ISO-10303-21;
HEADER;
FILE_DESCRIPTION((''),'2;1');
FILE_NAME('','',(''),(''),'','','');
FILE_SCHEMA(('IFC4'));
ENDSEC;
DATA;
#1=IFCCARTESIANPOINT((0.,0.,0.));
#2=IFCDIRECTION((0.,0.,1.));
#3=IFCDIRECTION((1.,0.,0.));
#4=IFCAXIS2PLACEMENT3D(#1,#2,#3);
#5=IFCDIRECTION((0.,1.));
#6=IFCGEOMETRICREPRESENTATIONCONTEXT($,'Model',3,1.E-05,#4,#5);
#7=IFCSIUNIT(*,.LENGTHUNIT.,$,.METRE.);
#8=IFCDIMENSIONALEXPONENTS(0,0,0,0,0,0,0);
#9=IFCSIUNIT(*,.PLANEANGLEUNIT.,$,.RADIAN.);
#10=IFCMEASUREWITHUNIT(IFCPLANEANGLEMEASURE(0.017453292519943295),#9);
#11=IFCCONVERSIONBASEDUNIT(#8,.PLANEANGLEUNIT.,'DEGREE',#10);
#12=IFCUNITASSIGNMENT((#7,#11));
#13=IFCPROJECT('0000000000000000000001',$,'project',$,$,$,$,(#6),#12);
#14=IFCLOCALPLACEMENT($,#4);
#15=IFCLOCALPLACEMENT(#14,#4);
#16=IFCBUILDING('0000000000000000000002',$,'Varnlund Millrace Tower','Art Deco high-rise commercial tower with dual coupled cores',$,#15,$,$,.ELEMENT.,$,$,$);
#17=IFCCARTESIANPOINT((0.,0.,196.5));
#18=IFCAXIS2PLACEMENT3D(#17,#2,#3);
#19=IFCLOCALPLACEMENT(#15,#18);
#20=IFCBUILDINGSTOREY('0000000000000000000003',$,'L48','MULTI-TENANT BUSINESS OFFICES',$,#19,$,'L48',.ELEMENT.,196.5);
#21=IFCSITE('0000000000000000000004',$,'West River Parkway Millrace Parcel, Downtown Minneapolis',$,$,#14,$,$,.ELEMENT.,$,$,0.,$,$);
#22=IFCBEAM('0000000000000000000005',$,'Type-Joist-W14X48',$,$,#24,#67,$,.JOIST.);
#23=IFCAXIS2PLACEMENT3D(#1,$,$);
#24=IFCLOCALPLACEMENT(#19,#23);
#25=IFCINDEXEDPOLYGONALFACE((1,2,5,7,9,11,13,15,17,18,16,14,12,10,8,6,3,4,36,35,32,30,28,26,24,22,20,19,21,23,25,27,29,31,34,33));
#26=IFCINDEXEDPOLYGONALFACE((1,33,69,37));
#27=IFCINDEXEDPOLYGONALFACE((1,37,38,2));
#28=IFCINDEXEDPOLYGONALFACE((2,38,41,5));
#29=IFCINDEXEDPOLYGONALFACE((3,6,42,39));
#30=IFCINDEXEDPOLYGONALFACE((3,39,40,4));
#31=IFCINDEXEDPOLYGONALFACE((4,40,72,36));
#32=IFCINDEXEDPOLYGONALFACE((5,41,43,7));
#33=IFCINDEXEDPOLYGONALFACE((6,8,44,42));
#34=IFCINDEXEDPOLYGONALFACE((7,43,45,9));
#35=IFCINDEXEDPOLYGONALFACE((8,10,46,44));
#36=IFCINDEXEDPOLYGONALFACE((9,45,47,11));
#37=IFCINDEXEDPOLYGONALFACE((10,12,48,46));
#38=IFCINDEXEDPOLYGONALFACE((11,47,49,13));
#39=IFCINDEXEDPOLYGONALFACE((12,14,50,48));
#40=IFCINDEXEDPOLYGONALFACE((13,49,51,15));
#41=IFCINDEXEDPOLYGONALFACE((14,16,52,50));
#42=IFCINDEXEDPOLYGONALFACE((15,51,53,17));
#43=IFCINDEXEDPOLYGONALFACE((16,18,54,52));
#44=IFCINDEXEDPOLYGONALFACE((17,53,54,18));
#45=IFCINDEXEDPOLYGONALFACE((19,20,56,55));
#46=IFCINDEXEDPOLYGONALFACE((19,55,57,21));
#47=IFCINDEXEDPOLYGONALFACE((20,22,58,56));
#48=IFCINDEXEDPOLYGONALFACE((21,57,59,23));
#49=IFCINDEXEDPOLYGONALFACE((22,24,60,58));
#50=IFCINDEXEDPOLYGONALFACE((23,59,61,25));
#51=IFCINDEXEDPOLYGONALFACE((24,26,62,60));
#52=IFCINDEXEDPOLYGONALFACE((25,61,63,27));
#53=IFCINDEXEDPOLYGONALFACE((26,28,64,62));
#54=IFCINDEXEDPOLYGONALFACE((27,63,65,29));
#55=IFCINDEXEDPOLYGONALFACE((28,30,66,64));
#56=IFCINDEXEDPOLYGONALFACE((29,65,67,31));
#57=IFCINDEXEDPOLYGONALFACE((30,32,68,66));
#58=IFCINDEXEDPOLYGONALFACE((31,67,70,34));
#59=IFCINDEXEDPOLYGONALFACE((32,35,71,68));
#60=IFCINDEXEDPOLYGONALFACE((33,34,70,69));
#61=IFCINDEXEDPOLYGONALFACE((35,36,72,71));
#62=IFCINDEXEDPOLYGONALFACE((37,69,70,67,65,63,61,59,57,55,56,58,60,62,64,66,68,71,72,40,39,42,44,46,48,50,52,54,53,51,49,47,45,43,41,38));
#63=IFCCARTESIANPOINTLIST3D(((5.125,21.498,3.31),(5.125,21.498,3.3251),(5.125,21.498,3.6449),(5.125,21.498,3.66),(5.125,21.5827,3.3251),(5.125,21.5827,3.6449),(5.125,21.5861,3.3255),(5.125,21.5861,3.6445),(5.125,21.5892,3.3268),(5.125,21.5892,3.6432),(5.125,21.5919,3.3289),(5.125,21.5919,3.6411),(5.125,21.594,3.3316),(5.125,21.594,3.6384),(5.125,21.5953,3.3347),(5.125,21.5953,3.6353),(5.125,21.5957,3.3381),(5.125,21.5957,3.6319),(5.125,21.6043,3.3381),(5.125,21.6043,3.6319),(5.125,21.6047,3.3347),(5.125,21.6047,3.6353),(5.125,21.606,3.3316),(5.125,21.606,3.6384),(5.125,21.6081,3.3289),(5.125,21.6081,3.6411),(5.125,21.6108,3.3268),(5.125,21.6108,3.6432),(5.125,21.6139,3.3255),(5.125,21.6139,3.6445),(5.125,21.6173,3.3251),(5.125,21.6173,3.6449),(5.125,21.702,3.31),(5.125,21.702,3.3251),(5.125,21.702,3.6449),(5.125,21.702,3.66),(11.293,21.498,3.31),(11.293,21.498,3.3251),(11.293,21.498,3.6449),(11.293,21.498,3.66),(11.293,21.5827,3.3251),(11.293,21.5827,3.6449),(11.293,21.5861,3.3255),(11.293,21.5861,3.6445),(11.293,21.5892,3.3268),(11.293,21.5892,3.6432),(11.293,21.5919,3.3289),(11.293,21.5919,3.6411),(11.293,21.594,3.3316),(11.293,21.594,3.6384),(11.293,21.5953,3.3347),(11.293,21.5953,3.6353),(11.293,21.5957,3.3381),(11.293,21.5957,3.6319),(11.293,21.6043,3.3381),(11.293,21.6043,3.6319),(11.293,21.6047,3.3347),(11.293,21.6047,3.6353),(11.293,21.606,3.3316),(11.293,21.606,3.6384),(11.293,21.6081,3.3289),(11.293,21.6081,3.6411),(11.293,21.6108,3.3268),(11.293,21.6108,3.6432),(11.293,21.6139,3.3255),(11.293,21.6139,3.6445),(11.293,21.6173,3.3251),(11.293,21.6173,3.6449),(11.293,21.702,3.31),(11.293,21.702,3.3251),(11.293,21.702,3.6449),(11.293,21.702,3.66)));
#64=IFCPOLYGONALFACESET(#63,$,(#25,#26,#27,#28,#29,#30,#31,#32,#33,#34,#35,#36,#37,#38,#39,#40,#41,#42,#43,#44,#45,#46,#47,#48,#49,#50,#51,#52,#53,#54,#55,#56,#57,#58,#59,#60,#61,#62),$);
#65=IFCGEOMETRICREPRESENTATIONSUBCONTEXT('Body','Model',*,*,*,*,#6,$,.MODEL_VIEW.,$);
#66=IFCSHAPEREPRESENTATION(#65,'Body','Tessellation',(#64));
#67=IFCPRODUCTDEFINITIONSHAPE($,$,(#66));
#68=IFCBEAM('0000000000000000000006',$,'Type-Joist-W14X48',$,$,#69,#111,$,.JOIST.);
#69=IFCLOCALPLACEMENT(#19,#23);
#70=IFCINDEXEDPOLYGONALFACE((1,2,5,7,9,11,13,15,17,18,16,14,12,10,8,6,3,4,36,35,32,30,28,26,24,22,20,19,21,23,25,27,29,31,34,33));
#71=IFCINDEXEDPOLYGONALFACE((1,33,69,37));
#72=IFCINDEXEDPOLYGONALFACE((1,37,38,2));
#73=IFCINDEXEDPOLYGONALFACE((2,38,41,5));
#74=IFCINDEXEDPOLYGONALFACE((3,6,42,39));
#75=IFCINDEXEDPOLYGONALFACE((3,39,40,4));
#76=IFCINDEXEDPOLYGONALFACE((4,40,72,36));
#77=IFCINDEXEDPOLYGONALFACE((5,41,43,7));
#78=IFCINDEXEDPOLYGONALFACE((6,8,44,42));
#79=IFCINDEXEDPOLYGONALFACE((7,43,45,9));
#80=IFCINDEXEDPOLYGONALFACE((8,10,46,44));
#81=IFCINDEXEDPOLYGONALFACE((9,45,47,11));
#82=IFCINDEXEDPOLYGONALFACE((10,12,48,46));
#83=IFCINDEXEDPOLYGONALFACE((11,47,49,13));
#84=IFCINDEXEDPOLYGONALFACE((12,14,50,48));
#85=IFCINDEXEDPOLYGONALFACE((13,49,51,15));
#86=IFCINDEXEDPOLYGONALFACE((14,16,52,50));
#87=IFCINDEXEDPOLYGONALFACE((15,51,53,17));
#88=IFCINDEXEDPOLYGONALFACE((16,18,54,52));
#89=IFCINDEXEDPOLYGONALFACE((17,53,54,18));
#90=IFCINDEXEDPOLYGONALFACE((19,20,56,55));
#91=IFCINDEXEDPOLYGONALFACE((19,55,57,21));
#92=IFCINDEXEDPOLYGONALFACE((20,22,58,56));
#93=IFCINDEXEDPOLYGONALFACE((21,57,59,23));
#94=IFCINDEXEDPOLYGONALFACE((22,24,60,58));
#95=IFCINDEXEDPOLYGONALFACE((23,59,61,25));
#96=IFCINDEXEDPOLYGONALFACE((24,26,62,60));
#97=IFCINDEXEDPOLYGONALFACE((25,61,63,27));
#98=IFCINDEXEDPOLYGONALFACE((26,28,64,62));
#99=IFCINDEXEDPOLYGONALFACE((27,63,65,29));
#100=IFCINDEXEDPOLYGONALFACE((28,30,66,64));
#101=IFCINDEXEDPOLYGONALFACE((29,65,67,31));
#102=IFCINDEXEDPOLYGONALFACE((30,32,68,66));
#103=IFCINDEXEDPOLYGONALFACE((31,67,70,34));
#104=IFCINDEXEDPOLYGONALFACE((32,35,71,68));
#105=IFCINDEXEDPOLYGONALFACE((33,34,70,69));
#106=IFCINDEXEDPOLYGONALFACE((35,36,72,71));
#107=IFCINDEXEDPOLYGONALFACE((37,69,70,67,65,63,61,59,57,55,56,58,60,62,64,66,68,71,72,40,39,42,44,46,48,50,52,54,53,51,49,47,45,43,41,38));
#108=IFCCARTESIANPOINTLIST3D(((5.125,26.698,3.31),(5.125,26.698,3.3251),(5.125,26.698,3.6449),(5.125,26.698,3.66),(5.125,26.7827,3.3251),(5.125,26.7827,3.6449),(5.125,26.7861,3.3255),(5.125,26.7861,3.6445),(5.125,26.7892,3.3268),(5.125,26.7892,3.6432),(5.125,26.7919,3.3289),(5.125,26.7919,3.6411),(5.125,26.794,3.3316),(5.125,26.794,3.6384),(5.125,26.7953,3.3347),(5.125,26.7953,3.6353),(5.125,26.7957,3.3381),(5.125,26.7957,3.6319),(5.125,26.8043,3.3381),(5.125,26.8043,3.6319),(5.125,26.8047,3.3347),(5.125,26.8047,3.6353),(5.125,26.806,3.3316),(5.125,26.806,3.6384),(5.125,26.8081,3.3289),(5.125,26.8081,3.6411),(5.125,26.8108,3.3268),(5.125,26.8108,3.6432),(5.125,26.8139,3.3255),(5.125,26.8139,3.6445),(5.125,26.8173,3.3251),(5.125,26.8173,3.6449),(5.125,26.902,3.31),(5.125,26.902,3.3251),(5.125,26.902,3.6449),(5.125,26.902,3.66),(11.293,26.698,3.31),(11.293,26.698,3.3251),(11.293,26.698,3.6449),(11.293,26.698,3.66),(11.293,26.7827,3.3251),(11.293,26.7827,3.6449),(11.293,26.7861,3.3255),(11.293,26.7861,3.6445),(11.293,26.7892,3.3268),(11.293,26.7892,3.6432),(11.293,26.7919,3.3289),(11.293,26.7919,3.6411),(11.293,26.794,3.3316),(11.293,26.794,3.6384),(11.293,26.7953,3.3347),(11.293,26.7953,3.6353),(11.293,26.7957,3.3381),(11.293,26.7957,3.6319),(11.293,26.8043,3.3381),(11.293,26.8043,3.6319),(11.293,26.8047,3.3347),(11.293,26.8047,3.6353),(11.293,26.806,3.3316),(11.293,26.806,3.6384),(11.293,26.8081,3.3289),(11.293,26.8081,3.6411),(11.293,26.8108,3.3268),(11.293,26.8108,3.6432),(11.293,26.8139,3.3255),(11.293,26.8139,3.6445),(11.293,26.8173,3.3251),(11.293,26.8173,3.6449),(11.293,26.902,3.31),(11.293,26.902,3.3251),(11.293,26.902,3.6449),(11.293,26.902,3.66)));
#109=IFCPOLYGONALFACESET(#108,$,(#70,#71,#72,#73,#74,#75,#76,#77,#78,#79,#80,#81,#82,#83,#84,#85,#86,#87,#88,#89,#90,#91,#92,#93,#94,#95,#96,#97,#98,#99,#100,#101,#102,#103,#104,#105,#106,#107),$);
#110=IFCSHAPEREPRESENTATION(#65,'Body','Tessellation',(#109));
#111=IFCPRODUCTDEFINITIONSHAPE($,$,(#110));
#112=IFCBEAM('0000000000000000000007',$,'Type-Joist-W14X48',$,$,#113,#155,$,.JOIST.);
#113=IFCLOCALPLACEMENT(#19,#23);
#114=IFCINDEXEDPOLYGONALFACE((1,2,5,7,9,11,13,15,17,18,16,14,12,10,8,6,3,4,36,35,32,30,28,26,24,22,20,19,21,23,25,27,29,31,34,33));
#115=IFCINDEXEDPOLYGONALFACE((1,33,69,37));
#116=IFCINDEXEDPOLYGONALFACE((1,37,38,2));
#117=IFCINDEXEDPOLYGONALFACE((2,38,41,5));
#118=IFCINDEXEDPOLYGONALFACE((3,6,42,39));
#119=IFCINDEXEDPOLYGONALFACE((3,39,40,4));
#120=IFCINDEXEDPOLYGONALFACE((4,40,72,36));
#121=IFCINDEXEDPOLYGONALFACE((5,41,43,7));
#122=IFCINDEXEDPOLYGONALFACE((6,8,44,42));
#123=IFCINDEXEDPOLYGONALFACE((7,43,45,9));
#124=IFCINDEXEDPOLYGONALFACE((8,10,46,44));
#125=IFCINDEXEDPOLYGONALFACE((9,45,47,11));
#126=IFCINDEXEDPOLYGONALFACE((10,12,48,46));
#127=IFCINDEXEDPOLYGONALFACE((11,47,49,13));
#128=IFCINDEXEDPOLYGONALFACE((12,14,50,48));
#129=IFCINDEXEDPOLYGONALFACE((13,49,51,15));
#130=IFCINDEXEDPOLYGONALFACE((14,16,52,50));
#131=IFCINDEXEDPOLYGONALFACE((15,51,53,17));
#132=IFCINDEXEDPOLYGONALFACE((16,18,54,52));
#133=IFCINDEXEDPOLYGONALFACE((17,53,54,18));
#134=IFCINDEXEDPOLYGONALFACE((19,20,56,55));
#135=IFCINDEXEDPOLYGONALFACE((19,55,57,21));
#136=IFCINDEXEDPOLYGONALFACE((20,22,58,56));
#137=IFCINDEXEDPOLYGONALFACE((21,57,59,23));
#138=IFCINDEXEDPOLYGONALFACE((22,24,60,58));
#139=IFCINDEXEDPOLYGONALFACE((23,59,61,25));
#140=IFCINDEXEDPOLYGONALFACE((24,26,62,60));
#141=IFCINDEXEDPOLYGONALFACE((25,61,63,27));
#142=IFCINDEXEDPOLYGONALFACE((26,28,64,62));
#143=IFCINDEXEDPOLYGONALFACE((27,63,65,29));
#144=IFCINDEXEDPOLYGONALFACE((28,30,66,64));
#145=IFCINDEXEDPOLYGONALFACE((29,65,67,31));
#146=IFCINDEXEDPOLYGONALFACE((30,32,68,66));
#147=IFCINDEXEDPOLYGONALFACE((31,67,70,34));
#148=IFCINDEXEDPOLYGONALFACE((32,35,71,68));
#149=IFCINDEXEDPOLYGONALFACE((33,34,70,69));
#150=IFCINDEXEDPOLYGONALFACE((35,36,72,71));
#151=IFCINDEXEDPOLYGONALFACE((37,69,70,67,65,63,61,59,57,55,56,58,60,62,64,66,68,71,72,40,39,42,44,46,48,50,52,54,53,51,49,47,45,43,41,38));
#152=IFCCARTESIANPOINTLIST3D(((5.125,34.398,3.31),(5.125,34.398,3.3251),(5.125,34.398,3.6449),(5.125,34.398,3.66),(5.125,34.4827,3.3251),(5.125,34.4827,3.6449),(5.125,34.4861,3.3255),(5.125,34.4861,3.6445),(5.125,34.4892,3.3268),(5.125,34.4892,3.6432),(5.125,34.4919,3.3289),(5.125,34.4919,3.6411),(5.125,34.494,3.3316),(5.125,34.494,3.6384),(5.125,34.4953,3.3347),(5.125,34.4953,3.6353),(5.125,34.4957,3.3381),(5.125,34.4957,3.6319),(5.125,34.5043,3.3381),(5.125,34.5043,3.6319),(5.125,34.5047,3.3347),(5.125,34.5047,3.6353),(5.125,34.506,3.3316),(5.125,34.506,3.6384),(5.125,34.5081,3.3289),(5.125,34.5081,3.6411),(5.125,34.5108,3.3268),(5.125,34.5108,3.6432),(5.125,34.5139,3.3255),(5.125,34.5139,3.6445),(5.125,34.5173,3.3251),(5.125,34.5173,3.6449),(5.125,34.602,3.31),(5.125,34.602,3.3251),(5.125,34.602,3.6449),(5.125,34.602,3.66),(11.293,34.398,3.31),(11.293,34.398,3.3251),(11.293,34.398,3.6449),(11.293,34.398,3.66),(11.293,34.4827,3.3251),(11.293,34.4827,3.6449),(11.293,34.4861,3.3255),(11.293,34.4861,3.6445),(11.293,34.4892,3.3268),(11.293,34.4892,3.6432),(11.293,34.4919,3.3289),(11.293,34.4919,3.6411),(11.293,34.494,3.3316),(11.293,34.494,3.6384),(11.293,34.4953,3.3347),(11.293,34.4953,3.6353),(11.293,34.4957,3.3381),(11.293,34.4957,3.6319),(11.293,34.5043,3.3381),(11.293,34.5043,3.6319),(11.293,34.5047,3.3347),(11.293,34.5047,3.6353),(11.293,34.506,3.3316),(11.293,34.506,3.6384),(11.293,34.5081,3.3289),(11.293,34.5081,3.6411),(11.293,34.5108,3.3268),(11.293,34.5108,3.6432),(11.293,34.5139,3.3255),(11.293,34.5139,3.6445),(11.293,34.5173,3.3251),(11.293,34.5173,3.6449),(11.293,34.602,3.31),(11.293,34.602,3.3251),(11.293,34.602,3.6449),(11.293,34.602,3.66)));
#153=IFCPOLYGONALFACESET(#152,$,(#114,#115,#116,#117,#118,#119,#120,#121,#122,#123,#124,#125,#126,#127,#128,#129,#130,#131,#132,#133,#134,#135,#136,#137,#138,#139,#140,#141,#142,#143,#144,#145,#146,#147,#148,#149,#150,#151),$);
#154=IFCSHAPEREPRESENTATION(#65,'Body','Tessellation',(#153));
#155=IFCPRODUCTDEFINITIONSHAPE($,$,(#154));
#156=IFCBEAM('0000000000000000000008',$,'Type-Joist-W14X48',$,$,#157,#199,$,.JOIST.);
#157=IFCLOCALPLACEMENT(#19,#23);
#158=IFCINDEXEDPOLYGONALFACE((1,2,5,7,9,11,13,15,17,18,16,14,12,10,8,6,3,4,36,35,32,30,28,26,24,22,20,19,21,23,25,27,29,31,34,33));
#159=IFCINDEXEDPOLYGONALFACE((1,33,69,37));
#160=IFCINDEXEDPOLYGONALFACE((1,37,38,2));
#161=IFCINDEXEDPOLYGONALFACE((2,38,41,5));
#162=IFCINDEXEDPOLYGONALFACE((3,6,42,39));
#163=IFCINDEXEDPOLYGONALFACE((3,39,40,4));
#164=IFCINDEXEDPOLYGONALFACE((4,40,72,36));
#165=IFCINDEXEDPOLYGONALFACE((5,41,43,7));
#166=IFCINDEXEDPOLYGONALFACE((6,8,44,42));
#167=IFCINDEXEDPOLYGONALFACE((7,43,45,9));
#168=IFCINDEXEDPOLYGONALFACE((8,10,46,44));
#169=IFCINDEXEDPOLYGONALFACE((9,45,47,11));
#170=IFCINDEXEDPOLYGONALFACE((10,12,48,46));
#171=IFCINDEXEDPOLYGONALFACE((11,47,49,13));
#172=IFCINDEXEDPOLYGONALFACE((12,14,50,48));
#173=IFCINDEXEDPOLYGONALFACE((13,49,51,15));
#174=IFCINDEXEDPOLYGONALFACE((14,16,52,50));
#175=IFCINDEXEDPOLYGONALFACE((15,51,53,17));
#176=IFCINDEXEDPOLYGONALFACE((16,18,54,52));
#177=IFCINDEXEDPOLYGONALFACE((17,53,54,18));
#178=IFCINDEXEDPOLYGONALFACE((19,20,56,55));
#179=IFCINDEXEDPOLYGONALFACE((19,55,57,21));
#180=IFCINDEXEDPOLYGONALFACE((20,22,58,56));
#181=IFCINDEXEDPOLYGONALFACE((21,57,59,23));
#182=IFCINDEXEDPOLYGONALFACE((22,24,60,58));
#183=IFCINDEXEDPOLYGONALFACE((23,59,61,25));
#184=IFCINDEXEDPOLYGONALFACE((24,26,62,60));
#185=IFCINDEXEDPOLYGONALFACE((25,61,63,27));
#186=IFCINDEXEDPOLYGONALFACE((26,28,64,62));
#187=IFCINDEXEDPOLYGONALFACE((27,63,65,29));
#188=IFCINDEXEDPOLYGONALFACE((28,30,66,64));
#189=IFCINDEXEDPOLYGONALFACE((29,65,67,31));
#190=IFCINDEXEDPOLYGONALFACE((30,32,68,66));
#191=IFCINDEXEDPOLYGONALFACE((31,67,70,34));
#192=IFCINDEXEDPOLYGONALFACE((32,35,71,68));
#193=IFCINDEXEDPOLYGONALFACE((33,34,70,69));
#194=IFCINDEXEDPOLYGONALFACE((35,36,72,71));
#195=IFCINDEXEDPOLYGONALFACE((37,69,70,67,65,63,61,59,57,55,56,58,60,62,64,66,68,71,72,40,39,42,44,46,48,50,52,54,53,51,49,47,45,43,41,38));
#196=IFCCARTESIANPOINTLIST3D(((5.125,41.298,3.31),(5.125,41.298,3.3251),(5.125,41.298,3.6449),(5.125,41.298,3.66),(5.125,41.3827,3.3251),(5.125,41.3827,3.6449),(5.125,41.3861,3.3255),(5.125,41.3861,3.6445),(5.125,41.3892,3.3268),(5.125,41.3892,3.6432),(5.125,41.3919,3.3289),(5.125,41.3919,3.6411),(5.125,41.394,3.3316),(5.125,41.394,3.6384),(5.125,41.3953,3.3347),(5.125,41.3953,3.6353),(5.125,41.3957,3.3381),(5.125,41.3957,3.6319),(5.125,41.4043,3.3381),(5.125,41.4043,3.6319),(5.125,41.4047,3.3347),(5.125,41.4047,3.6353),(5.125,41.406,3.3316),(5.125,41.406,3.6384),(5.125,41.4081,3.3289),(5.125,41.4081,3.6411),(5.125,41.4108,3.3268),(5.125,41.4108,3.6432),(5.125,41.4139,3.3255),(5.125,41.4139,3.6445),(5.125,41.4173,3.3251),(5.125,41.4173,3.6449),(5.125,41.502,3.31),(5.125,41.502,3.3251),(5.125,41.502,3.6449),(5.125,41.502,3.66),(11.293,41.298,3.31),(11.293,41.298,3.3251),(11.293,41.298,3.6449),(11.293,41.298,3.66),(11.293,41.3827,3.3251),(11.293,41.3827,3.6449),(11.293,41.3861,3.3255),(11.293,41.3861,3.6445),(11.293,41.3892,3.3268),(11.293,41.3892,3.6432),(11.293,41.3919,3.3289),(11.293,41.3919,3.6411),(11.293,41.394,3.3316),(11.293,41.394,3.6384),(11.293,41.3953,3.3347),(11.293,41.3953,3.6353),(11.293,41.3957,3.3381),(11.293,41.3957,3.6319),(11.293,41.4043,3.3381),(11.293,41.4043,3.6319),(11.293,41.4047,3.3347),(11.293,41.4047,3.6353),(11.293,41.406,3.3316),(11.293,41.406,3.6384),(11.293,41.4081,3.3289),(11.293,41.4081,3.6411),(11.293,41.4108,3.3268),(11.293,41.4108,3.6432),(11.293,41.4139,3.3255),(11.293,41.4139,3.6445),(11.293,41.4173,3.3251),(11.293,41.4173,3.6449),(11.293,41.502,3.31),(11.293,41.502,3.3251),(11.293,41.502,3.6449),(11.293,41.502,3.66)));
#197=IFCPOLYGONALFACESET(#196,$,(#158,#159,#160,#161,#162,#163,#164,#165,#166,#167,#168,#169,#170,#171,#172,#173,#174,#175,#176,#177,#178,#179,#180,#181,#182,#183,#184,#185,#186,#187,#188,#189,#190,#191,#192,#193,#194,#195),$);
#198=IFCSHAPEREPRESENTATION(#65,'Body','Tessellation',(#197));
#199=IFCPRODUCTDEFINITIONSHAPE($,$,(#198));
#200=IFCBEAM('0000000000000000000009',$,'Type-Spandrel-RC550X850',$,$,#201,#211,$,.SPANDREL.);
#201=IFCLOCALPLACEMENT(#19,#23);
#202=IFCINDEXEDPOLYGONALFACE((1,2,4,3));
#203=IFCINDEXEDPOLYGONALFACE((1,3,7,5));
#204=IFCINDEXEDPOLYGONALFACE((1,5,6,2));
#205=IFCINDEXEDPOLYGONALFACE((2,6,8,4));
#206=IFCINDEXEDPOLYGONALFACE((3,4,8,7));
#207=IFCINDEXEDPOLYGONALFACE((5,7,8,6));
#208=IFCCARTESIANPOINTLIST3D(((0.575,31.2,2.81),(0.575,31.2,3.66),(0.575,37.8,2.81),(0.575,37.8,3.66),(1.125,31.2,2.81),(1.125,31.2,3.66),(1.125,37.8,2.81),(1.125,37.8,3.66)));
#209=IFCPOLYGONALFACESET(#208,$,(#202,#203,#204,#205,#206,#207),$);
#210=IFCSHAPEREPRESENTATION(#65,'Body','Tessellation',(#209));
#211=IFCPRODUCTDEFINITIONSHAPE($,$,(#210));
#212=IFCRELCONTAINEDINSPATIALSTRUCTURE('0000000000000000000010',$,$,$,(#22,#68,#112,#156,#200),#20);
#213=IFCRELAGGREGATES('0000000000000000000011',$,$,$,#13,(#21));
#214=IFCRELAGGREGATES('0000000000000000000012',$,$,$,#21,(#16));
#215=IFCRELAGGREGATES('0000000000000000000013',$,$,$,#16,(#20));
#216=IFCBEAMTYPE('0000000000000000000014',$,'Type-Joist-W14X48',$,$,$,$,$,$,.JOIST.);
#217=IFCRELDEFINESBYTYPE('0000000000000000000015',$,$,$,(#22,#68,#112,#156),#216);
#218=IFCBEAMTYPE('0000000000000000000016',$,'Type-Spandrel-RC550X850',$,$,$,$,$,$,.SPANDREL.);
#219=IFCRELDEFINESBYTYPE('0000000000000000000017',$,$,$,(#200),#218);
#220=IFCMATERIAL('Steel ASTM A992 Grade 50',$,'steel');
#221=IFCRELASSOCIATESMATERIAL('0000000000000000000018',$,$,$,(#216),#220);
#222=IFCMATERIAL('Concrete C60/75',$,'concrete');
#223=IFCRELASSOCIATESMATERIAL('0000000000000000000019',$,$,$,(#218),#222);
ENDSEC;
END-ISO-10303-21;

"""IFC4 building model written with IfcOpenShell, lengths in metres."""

from ifc_helpers import new_model, entity, si_unit, converted_unit, direction, frame, origin_with_axes, origin_2d_with_axis, place, context, subcontext, project, spatial, rectangle, i_section, extrude, material, material_profile, profile_set, type_object, element, save


model = new_model("IFC4")

# Units and contexts
model_context = context("Model", 3, precision=1e-05, world=origin_with_axes(), true_north=direction((0.0, 1.0)))
body_context = subcontext(model_context, "Body", "Model", "MODEL_VIEW")
ifc_project = project(units=[si_unit("LENGTHUNIT", "METRE"), converted_unit("PLANEANGLEUNIT", "DEGREE", entity("IfcPlaneAngleMeasure", 0.017453292519943295), si_unit("PLANEANGLEUNIT", "RADIAN"), dimensions=[0, 0, 0, 0, 0, 0, 0])], contexts=[model_context])

# Site, building, storey
site_placement = place(None, origin_with_axes())
site = spatial("IfcSite", under=ifc_project, at=site_placement, Name="West River Parkway Millrace Parcel, Downtown Minneapolis", CompositionType="ELEMENT", RefElevation=0.0)
building_placement = place(site_placement, origin_with_axes())
building = spatial("IfcBuilding", under=site, at=building_placement, Name="Varnlund Millrace Tower", Description="Art Deco high-rise commercial tower with dual coupled cores", CompositionType="ELEMENT")
storey_placement = place(building_placement, frame((0.0, 0.0, 196.5), z_axis=(0.0, 0.0, 1.0), x_axis=(1.0, 0.0, 0.0)))
storey = spatial("IfcBuildingStorey", under=building, at=storey_placement, Name="L48", Description="MULTI-TENANT BUSINESS OFFICES", LongName="L48", CompositionType="ELEMENT", Elevation=196.5)

# Beams
ifc_material_1 = material(Name="Steel ASTM A992 Grade 50", Category="steel")
ifc_material_profile_1 = material_profile(ifc_material_1, i_section(OverallWidth=0.204, OverallDepth=0.35, WebThickness=0.0086, FlangeThickness=0.0151, FilletRadius=0.013, at=origin_2d_with_axis()), Name="Steel ASTM A992 Grade 50")
ifc_profile_set_1 = profile_set([ifc_material_profile_1], Name="Steel ASTM A992 Grade 50")
beam_type_1 = type_object("IfcBeamType", Name="Type-Joist-W14X48", PredefinedType="JOIST", material=ifc_profile_set_1)
for number, where, z_axis, x_axis, name in (
    (1, (5.125, 21.6, 3.485), (1.0, 0.0, 0.0), (0.0, 1.0, 0.0), "Type-Joist-W14X48"),
    (2, (5.125, 26.8, 3.485), (1.0, 0.0, 0.0), (0.0, 1.0, 0.0), "Type-Joist-W14X48"),
    (3, (5.125, 34.5, 3.485), (1.0, 0.0, 0.0), (0.0, 1.0, 0.0), "Type-Joist-W14X48"),
    (4, (5.125, 41.4, 3.485), (1.0, 0.0, 0.0), (0.0, 1.0, 0.0), "Type-Joist-W14X48"),
):
    element("IfcBeam", number, at=place(storey_placement, frame(where, z_axis=z_axis, x_axis=x_axis)), inside=storey, type_object=beam_type_1, Name=name, PredefinedType="JOIST", context=body_context, shape_type="SweptSolid", body=[
        extrude(i_section(OverallWidth=0.204, OverallDepth=0.35, WebThickness=0.0086, FlangeThickness=0.0151, FilletRadius=0.013, at=origin_2d_with_axis()), origin_with_axes(), (0.0, 0.0, 1.0), 6.168),
    ])
ifc_material_2 = material(Name="Concrete C60/75", Category="concrete")
ifc_material_profile_2 = material_profile(ifc_material_2, rectangle(XDim=0.55, YDim=0.85, at=origin_2d_with_axis()), Name="Concrete C60/75")
ifc_profile_set_2 = profile_set([ifc_material_profile_2], Name="Concrete C60/75")
beam_type_2 = type_object("IfcBeamType", Name="Type-Spandrel-RC550X850", PredefinedType="SPANDREL", material=ifc_profile_set_2)
beam_1_placement = place(storey_placement, frame((0.85, 31.2, 3.235), z_axis=(0.0, 1.0, 0.0), x_axis=(-1.0, 0.0, 0.0)))
element("IfcBeam", 5, at=beam_1_placement, inside=storey, type_object=beam_type_2, Name="Type-Spandrel-RC550X850", PredefinedType="SPANDREL", context=body_context, shape_type="SweptSolid", body=[
    extrude(rectangle(XDim=0.55, YDim=0.85, at=origin_2d_with_axis()), origin_with_axes(), (0.0, 0.0, 1.0), 6.6),
])

save(model, "model.ifc")
